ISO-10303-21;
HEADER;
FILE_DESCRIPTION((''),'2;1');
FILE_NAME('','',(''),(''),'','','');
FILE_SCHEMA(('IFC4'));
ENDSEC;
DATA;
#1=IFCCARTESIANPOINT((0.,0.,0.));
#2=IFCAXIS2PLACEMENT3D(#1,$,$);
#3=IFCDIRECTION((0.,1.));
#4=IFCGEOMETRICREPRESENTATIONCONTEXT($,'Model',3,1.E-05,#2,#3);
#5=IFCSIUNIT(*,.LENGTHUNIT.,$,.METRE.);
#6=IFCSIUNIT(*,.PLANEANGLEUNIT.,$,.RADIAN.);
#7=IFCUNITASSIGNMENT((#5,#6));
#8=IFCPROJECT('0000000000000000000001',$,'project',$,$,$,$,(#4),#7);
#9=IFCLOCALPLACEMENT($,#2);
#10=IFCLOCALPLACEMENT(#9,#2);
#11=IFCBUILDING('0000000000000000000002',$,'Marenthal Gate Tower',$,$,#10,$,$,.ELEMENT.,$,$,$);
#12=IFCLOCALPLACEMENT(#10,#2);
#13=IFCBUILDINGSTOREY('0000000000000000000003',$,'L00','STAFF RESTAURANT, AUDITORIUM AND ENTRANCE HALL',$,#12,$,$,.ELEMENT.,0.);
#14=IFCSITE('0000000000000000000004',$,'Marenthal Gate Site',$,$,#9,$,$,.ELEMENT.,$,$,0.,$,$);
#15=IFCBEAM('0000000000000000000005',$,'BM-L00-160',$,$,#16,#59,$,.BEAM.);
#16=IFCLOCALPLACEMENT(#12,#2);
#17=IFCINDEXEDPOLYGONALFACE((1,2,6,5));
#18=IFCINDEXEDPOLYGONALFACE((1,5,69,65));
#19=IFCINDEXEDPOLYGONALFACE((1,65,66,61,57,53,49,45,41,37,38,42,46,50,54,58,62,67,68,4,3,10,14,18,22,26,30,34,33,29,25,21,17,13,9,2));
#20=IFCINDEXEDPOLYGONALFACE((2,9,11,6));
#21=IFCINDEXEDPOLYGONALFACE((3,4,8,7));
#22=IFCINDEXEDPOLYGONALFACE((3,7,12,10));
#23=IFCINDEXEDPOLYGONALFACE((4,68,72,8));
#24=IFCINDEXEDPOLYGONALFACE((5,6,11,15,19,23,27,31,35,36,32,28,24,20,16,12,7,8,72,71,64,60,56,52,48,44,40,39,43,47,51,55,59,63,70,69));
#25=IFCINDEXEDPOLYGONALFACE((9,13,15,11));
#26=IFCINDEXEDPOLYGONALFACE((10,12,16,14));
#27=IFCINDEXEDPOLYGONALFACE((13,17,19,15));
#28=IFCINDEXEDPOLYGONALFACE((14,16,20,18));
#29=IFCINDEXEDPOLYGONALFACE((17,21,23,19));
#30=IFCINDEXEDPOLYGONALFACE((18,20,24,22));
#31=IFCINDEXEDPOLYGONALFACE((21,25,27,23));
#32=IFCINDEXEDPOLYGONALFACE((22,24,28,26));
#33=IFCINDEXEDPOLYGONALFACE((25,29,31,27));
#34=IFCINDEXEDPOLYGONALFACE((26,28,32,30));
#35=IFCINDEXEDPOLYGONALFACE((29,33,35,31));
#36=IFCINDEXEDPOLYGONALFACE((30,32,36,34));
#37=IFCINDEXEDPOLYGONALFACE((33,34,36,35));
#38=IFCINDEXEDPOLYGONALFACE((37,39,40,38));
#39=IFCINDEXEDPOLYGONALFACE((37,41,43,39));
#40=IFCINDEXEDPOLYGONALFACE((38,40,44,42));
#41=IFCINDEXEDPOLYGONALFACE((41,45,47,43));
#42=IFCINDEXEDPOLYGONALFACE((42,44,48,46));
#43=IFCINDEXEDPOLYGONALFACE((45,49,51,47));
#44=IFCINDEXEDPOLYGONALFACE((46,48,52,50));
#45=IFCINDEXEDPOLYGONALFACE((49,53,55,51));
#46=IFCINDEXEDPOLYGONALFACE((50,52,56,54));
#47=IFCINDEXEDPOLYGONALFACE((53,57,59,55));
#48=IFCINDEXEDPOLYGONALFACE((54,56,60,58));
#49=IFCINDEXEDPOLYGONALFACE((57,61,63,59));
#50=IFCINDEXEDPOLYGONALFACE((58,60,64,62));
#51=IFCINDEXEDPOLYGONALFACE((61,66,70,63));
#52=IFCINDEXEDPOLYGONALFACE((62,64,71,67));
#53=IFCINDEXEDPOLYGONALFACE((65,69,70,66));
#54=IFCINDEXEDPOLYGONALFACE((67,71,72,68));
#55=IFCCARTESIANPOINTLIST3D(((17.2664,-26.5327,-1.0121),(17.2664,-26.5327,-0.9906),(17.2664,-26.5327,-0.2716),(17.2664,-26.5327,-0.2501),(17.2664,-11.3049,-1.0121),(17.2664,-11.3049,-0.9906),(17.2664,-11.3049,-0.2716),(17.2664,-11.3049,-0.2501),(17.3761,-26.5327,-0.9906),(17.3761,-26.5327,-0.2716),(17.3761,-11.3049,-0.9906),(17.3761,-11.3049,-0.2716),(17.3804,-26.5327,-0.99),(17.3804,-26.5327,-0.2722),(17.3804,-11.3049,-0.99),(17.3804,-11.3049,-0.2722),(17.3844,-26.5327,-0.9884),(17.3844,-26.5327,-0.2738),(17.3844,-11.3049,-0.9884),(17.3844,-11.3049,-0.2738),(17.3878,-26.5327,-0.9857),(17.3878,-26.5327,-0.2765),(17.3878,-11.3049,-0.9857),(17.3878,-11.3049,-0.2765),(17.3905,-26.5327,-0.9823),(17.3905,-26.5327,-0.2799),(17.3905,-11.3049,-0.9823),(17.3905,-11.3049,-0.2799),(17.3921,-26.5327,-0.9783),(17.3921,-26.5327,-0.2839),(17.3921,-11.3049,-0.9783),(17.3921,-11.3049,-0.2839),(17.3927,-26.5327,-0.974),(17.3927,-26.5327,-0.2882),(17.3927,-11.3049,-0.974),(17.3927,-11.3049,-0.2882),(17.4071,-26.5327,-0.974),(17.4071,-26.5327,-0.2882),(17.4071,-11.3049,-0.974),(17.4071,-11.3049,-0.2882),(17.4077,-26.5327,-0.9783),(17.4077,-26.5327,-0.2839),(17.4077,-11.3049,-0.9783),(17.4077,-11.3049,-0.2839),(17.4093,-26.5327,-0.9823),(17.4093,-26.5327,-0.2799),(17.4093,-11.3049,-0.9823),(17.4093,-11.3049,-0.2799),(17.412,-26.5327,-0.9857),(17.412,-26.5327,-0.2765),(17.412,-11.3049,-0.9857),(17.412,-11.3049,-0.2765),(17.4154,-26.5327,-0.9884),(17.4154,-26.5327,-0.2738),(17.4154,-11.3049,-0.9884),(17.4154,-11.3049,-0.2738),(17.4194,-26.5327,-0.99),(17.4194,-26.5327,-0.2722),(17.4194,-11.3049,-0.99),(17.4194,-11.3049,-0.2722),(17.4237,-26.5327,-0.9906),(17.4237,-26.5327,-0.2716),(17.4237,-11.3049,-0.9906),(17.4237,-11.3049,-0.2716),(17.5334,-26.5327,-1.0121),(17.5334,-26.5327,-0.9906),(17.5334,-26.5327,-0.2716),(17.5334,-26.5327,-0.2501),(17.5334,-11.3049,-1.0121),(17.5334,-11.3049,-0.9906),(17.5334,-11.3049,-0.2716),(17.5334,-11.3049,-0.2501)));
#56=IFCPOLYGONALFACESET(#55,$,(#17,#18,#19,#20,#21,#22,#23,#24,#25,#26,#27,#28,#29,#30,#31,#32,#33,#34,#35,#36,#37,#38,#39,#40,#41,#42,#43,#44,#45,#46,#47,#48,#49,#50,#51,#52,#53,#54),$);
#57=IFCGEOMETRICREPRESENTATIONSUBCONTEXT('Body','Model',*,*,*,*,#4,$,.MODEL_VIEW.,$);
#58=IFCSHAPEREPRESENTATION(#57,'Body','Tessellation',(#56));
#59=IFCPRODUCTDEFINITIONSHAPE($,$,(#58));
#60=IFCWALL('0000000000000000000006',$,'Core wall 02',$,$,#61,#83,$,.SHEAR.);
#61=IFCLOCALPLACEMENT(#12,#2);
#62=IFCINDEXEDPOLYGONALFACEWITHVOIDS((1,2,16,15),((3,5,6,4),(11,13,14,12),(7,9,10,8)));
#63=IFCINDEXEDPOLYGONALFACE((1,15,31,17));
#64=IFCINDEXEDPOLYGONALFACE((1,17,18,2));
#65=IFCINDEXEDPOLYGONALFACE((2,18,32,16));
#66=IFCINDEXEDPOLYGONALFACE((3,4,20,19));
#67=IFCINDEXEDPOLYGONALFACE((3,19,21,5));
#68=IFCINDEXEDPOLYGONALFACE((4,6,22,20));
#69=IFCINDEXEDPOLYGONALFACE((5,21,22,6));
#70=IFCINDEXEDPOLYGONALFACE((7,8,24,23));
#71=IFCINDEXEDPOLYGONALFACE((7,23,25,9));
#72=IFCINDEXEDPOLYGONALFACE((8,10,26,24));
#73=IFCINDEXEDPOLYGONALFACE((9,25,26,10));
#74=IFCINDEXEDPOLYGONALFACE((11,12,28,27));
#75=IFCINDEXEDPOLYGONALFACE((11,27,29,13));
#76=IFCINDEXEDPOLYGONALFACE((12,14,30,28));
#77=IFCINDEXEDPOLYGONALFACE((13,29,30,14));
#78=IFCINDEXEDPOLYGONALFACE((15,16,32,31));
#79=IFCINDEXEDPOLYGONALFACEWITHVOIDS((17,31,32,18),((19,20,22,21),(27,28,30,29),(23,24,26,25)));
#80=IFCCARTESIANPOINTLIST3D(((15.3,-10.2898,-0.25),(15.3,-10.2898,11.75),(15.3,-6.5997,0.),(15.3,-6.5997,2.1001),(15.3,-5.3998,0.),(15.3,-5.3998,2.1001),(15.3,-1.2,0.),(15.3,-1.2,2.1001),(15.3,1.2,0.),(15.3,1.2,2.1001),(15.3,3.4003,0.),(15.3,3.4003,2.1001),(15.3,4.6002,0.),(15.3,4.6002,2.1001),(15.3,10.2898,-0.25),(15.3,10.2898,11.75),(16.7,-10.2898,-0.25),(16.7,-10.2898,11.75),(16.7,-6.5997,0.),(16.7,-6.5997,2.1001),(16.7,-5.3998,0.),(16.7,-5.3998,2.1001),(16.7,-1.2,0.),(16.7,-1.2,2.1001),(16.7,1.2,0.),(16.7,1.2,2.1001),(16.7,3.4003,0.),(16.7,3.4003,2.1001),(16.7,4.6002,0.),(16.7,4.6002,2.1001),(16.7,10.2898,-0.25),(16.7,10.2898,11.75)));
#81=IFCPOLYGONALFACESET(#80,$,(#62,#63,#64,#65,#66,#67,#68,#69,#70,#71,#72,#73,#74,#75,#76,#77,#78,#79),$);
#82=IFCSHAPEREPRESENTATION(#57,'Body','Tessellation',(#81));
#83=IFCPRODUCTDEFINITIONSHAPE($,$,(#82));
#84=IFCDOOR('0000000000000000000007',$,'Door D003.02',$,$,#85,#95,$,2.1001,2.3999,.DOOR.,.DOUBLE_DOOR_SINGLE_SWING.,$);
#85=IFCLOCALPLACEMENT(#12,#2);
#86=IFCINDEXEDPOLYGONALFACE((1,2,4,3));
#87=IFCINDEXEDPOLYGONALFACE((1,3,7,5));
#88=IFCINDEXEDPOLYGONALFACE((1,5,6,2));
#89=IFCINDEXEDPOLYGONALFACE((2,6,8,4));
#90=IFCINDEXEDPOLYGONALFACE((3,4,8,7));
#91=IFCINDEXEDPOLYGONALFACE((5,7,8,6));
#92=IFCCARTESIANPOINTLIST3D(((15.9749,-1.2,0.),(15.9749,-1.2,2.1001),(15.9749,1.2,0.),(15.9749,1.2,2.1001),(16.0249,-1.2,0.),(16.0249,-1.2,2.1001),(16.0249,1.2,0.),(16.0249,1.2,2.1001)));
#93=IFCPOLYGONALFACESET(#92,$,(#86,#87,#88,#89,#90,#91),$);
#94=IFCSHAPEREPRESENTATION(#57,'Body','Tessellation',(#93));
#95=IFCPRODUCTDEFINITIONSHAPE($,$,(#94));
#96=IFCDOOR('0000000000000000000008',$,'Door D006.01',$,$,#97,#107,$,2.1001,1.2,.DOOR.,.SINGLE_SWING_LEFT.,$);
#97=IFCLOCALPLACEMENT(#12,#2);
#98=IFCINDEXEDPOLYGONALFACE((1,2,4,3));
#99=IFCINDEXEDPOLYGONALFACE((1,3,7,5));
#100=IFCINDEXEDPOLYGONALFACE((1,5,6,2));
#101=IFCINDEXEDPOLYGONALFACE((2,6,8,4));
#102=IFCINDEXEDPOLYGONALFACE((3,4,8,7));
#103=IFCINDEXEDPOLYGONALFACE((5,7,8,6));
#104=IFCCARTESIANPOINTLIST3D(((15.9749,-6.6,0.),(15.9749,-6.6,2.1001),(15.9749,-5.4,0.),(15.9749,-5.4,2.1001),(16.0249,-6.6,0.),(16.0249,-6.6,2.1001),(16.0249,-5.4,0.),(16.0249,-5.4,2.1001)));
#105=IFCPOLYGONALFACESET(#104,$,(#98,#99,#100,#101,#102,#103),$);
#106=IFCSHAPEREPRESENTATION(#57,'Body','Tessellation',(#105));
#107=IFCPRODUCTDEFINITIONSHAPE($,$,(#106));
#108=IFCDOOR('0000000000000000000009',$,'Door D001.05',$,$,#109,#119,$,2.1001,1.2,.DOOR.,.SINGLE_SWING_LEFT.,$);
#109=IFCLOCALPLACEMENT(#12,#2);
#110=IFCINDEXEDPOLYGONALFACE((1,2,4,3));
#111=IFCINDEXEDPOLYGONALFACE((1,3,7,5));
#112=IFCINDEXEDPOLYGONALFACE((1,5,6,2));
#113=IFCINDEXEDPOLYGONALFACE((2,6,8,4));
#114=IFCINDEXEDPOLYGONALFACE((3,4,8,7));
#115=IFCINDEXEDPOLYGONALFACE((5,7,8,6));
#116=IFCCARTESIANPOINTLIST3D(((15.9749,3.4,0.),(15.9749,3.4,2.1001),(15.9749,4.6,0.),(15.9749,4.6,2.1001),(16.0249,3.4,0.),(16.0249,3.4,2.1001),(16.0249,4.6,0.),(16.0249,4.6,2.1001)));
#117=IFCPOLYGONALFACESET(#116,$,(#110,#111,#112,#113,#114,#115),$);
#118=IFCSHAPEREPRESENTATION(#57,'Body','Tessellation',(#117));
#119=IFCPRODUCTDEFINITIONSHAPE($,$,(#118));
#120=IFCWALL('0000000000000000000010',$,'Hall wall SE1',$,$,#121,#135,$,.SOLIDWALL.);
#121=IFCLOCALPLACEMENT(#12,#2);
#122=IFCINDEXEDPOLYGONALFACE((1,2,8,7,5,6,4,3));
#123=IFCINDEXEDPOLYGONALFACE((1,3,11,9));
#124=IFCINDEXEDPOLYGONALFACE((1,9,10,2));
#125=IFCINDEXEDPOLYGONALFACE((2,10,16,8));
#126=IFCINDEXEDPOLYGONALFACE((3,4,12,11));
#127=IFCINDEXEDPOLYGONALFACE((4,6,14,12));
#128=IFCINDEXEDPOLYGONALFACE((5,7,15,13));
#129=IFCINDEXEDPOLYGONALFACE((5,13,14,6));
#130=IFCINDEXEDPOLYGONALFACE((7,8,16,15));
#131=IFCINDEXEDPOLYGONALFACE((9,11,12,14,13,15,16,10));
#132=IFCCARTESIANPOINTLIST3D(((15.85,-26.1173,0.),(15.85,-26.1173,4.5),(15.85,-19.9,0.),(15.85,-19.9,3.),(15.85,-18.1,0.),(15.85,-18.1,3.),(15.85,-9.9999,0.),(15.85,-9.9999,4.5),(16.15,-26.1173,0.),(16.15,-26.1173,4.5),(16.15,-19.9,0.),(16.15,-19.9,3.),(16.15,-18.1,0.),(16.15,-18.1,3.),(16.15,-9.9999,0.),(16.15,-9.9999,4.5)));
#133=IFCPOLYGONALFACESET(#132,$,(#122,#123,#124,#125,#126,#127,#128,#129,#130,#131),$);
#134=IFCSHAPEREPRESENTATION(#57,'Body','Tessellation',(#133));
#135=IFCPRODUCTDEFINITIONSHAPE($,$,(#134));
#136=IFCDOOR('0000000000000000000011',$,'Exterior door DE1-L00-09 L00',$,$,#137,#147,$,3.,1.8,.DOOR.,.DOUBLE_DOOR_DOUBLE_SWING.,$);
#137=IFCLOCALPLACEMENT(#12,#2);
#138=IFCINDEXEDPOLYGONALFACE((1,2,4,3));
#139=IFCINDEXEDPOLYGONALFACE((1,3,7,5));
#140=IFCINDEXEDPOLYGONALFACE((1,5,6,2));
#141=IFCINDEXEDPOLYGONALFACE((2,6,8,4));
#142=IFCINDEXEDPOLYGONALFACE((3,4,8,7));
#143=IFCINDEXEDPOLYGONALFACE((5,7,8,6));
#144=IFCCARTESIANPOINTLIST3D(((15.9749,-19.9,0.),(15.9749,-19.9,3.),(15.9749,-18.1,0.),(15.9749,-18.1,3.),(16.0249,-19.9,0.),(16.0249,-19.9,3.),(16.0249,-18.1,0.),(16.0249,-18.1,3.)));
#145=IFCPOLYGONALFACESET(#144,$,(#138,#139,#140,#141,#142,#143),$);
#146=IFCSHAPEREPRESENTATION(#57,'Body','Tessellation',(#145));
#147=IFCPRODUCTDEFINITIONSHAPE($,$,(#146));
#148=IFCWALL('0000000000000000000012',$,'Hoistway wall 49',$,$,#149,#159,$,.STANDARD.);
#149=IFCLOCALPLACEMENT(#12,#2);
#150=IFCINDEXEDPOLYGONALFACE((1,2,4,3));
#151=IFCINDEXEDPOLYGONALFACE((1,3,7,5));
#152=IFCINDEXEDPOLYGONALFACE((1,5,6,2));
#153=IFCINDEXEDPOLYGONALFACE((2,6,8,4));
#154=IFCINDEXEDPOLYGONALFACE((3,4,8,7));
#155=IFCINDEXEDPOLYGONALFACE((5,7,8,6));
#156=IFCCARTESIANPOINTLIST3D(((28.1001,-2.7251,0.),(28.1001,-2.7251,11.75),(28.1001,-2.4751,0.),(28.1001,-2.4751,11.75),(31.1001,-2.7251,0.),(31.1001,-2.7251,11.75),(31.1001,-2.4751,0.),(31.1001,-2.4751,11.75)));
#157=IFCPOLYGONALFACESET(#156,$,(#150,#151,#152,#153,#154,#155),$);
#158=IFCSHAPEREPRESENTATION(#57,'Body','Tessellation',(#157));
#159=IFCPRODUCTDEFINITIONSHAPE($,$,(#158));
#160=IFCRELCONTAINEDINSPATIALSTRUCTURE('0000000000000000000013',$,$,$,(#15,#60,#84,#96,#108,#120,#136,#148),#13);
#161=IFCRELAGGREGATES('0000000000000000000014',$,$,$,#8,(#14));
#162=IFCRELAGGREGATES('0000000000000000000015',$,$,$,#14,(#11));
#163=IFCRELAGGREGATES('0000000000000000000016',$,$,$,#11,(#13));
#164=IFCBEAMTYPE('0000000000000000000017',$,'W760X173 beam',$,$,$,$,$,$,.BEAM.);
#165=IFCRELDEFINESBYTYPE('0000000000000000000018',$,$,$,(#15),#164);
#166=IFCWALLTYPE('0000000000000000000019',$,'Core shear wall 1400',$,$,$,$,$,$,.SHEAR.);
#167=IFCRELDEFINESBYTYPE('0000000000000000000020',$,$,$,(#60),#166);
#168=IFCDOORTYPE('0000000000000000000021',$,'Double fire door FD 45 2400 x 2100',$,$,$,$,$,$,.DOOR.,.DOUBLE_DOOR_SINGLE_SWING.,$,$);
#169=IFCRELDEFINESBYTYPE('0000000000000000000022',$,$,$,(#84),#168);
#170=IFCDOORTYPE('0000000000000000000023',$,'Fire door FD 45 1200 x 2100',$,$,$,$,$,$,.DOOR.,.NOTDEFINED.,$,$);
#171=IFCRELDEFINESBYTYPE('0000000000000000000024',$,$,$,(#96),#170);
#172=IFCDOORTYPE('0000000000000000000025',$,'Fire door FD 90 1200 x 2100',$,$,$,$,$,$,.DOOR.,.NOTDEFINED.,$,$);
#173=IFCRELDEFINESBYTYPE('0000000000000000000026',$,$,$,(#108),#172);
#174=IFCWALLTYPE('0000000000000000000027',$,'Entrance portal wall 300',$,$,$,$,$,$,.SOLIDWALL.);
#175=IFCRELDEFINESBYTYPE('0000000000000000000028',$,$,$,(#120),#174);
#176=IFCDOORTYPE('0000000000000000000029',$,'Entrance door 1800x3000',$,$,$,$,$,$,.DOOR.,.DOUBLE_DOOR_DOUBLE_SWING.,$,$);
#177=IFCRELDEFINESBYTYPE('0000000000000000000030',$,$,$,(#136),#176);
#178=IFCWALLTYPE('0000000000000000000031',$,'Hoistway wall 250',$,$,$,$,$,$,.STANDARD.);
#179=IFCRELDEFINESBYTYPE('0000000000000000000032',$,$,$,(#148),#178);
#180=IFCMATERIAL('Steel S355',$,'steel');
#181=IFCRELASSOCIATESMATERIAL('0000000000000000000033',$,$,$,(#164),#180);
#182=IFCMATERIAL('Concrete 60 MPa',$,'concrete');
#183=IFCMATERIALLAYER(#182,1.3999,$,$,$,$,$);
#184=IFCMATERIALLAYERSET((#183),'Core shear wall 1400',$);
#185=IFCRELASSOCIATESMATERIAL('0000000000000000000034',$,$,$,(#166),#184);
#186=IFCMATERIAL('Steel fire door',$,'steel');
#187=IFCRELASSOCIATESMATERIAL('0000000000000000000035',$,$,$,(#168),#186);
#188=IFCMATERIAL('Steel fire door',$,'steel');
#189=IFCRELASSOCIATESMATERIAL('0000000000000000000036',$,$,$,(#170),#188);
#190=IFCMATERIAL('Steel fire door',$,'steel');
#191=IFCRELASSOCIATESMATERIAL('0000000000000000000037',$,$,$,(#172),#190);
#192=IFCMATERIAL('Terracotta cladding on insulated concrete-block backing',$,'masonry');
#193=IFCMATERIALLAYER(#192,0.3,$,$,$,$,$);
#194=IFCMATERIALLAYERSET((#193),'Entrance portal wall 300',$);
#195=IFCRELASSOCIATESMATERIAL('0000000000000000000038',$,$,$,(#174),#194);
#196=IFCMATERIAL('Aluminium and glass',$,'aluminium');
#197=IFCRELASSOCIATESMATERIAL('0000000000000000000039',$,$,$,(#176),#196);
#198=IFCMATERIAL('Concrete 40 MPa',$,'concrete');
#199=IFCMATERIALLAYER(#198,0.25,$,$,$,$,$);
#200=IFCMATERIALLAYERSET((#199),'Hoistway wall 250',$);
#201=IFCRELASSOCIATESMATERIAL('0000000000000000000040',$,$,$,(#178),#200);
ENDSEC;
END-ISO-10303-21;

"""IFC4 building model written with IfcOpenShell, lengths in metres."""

from ifc_helpers import new_model, si_unit, direction, frame, frame_2d, origin, origin_2d, place, context, subcontext, project, spatial, rectangle, i_section, extrude, material, layer, layer_set, material_profile, profile_set, type_object, element, fill, save


model = new_model("IFC4")

# Units and contexts
model_context = context("Model", 3, precision=1e-05, world=origin(), true_north=direction((0.0, 1.0)))
body_context = subcontext(model_context, "Body", "Model", "MODEL_VIEW")
ifc_project = project(units=[si_unit("LENGTHUNIT", "METRE"), si_unit("PLANEANGLEUNIT", "RADIAN")], contexts=[model_context])

# Site, building, storey
site_placement = place(None, origin())
site = spatial("IfcSite", under=ifc_project, at=site_placement, Name="Marenthal Gate Site", CompositionType="ELEMENT", RefElevation=0.0)
building_placement = place(site_placement, origin())
building = spatial("IfcBuilding", under=site, at=building_placement, Name="Marenthal Gate Tower", CompositionType="ELEMENT")
storey_placement = place(building_placement, origin())
storey = spatial("IfcBuildingStorey", under=building, at=storey_placement, Name="L00", Description="STAFF RESTAURANT, AUDITORIUM AND ENTRANCE HALL", CompositionType="ELEMENT", Elevation=0.0)

# Beam
ifc_material_1 = material(Name="Steel S355", Category="steel")
ifc_material_profile_1 = material_profile(ifc_material_1, i_section(OverallWidth=0.2671, OverallDepth=0.762, WebThickness=0.0144, FlangeThickness=0.0215, FilletRadius=0.0166, at=origin_2d()), Name="W760X173")
ifc_profile_set_1 = profile_set([ifc_material_profile_1], Name="Steel S355")
beam_type_1 = type_object("IfcBeamType", Name="W760X173 beam", PredefinedType="BEAM", material=ifc_profile_set_1)
beam_1_placement = place(storey_placement, frame((17.3999, -11.3049, -0.6311), z_axis=(0.0, -1.0, 0.0), x_axis=(1.0, 0.0, 0.0)))
element("IfcBeam", 1, at=beam_1_placement, inside=storey, type_object=beam_type_1, Name="BM-L00-160", PredefinedType="BEAM", context=body_context, shape_type="SweptSolid", body=[
    extrude(i_section(OverallWidth=0.2671, OverallDepth=0.762, WebThickness=0.0144, FlangeThickness=0.0215, FilletRadius=0.0166, at=origin_2d()), origin(), (0.0, 0.0, 1.0), 15.2278),
])

# Wall, openings, doors
ifc_material_2 = material(Name="Concrete 60 MPa", Category="concrete")
ifc_layer_1 = layer(ifc_material_2, 1.3999)
ifc_layer_set_1 = layer_set([ifc_layer_1], Name="Core shear wall 1400")
wall_type_1 = type_object("IfcWallType", Name="Core shear wall 1400", PredefinedType="SHEAR", material=ifc_layer_set_1)
wall_1_placement = place(storey_placement, frame((16.0, -10.2898, -0.25), z_axis=(0.0, 0.0, 1.0), x_axis=(0.0, 1.0, 0.0)))
wall_1 = element("IfcWall", 2, at=wall_1_placement, inside=storey, type_object=wall_type_1, Name="Core wall 02", PredefinedType="SHEAR", context=body_context, shape_type="SweptSolid", body=[
    extrude(rectangle(XDim=20.5796, YDim=1.3999, at=frame_2d((10.2898, 0.0))), origin(), (0.0, 0.0, 1.0), 12.0),
])
opening_1_placement = place(wall_1_placement, frame((9.0898, 0.0, 0.25)))
opening_1 = element("IfcOpeningElement", 3, at=opening_1_placement, cuts=wall_1, PredefinedType="OPENING", context=body_context, shape_type="SweptSolid", body=[
    extrude(rectangle(XDim=2.3999, YDim=2.1001, at=frame_2d((1.2, 1.05))), frame((0.0, 0.71, 0.0), z_axis=(0.0, -1.0, 0.0), x_axis=(1.0, 0.0, 0.0)), (0.0, 0.0, 1.0), 1.4199),
])
opening_2_placement = place(wall_1_placement, frame((13.6899, 0.0, 0.25)))
opening_2 = element("IfcOpeningElement", 4, at=opening_2_placement, cuts=wall_1, PredefinedType="OPENING", context=body_context, shape_type="SweptSolid", body=[
    extrude(rectangle(XDim=1.2, YDim=2.1001, at=frame_2d((0.6001, 1.05))), frame((0.0, 0.71, 0.0), z_axis=(0.0, -1.0, 0.0), x_axis=(1.0, 0.0, 0.0)), (0.0, 0.0, 1.0), 1.4199),
])
opening_3_placement = place(wall_1_placement, frame((3.6899, 0.0, 0.25)))
opening_3 = element("IfcOpeningElement", 5, at=opening_3_placement, cuts=wall_1, PredefinedType="OPENING", context=body_context, shape_type="SweptSolid", body=[
    extrude(rectangle(XDim=1.2, YDim=2.1001, at=frame_2d((0.6001, 1.05))), frame((0.0, 0.71, 0.0), z_axis=(0.0, -1.0, 0.0), x_axis=(1.0, 0.0, 0.0)), (0.0, 0.0, 1.0), 1.4199),
])
ifc_material_3 = material(Name="Steel fire door", Category="steel")
door_type_1 = type_object("IfcDoorType", Name="Double fire door FD 45 2400 x 2100", OperationType="DOUBLE_DOOR_SINGLE_SWING", PredefinedType="DOOR", material=ifc_material_3)
door_1_placement = place(opening_1_placement, frame((2.3999, 0.0, 0.0), z_axis=(0.0, 0.0, 1.0), x_axis=(-1.0, 0.0, 0.0)))
door_1 = element("IfcDoor", 6, at=door_1_placement, inside=storey, type_object=door_type_1, Name="Door D003.02", OperationType="DOUBLE_DOOR_SINGLE_SWING", OverallHeight=2.1001, OverallWidth=2.3999, PredefinedType="DOOR", context=body_context, shape_type="SweptSolid", body=[
    extrude(rectangle(XDim=2.3999, YDim=2.1001, at=frame_2d((1.2, 1.05))), frame((0.0, 0.0249, 0.0), z_axis=(0.0, -1.0, 0.0), x_axis=(1.0, 0.0, 0.0)), (0.0, 0.0, 1.0), 0.05),
])
fill(opening_1, door_1)
ifc_material_4 = material(Name="Steel fire door", Category="steel")
door_type_2 = type_object("IfcDoorType", Name="Fire door FD 45 1200 x 2100", OperationType="NOTDEFINED", PredefinedType="DOOR", material=ifc_material_4)
door_2_placement = place(opening_3_placement, frame((1.2, 0.0, 0.0), z_axis=(0.0, 0.0, 1.0), x_axis=(-1.0, 0.0, 0.0)))
door_2 = element("IfcDoor", 7, at=door_2_placement, inside=storey, type_object=door_type_2, Name="Door D006.01", OperationType="SINGLE_SWING_LEFT", OverallHeight=2.1001, OverallWidth=1.2, PredefinedType="DOOR", context=body_context, shape_type="SweptSolid", body=[
    extrude(rectangle(XDim=1.2, YDim=2.1001, at=frame_2d((0.6001, 1.05))), frame((0.0, 0.0249, 0.0), z_axis=(0.0, -1.0, 0.0), x_axis=(1.0, 0.0, 0.0)), (0.0, 0.0, 1.0), 0.05),
])
fill(opening_3, door_2)
ifc_material_5 = material(Name="Steel fire door", Category="steel")
door_type_3 = type_object("IfcDoorType", Name="Fire door FD 90 1200 x 2100", OperationType="NOTDEFINED", PredefinedType="DOOR", material=ifc_material_5)
door_3_placement = place(opening_2_placement, frame((1.2, 0.0, 0.0), z_axis=(0.0, 0.0, 1.0), x_axis=(-1.0, 0.0, 0.0)))
door_3 = element("IfcDoor", 8, at=door_3_placement, inside=storey, type_object=door_type_3, Name="Door D001.05", OperationType="SINGLE_SWING_LEFT", OverallHeight=2.1001, OverallWidth=1.2, PredefinedType="DOOR", context=body_context, shape_type="SweptSolid", body=[
    extrude(rectangle(XDim=1.2, YDim=2.1001, at=frame_2d((0.6001, 1.05))), frame((0.0, 0.0249, 0.0), z_axis=(0.0, -1.0, 0.0), x_axis=(1.0, 0.0, 0.0)), (0.0, 0.0, 1.0), 0.05),
])
fill(opening_2, door_3)

# Wall, opening, door
ifc_material_6 = material(Name="Terracotta cladding on insulated concrete-block backing", Category="masonry")
ifc_layer_2 = layer(ifc_material_6, 0.3)
ifc_layer_set_2 = layer_set([ifc_layer_2], Name="Entrance portal wall 300")
wall_type_2 = type_object("IfcWallType", Name="Entrance portal wall 300", PredefinedType="SOLIDWALL", material=ifc_layer_set_2)
wall_2_placement = place(storey_placement, frame((16.0, -10.0, 0.0), z_axis=(0.0, 0.0, 1.0), x_axis=(0.0, -1.0, 0.0)))
wall_2 = element("IfcWall", 9, at=wall_2_placement, inside=storey, type_object=wall_type_2, Name="Hall wall SE1", PredefinedType="SOLIDWALL", context=body_context, shape_type="SweptSolid", body=[
    extrude(rectangle(XDim=16.1174, YDim=0.3, at=frame_2d((8.0586, 0.0))), origin(), (0.0, 0.0, 1.0), 4.5),
])
opening_4_placement = place(wall_2_placement, frame((8.1001, 0.0, 0.0)))
opening_4 = element("IfcOpeningElement", 10, at=opening_4_placement, cuts=wall_2, PredefinedType="OPENING", context=body_context, shape_type="SweptSolid", body=[
    extrude(rectangle(XDim=1.8, YDim=3.0, at=frame_2d((0.8999, 1.5))), frame((0.0, 0.1602, 0.0), z_axis=(0.0, -1.0, 0.0), x_axis=(1.0, 0.0, 0.0)), (0.0, 0.0, 1.0), 0.3201),
])
ifc_material_7 = material(Name="Aluminium and glass", Category="aluminium")
door_type_4 = type_object("IfcDoorType", Name="Entrance door 1800x3000", OperationType="DOUBLE_DOOR_DOUBLE_SWING", PredefinedType="DOOR", material=ifc_material_7)
door_4_placement = place(opening_4_placement, origin())
door_4 = element("IfcDoor", 11, at=door_4_placement, inside=storey, type_object=door_type_4, Name="Exterior door DE1-L00-09 L00", OperationType="DOUBLE_DOOR_DOUBLE_SWING", OverallHeight=3.0, OverallWidth=1.8, PredefinedType="DOOR", context=body_context, shape_type="SweptSolid", body=[
    extrude(rectangle(XDim=1.8, YDim=3.0, at=frame_2d((0.8999, 1.5))), frame((0.0, 0.0249, 0.0), z_axis=(0.0, -1.0, 0.0), x_axis=(1.0, 0.0, 0.0)), (0.0, 0.0, 1.0), 0.05),
])
fill(opening_4, door_4)

# Wall
ifc_material_8 = material(Name="Concrete 40 MPa", Category="concrete")
ifc_layer_3 = layer(ifc_material_8, 0.25)
ifc_layer_set_3 = layer_set([ifc_layer_3], Name="Hoistway wall 250")
wall_type_3 = type_object("IfcWallType", Name="Hoistway wall 250", PredefinedType="STANDARD", material=ifc_layer_set_3)
wall_3_placement = place(storey_placement, frame((28.1001, -2.6001, 0.0), z_axis=(0.0, 0.0, 1.0), x_axis=(1.0, 0.0, 0.0)))
element("IfcWall", 12, at=wall_3_placement, inside=storey, type_object=wall_type_3, Name="Hoistway wall 49", PredefinedType="STANDARD", context=body_context, shape_type="SweptSolid", body=[
    extrude(rectangle(XDim=3.0, YDim=0.25, at=frame_2d((1.5, 0.0))), origin(), (0.0, 0.0, 1.0), 11.75),
])

save(model, "model.ifc")
